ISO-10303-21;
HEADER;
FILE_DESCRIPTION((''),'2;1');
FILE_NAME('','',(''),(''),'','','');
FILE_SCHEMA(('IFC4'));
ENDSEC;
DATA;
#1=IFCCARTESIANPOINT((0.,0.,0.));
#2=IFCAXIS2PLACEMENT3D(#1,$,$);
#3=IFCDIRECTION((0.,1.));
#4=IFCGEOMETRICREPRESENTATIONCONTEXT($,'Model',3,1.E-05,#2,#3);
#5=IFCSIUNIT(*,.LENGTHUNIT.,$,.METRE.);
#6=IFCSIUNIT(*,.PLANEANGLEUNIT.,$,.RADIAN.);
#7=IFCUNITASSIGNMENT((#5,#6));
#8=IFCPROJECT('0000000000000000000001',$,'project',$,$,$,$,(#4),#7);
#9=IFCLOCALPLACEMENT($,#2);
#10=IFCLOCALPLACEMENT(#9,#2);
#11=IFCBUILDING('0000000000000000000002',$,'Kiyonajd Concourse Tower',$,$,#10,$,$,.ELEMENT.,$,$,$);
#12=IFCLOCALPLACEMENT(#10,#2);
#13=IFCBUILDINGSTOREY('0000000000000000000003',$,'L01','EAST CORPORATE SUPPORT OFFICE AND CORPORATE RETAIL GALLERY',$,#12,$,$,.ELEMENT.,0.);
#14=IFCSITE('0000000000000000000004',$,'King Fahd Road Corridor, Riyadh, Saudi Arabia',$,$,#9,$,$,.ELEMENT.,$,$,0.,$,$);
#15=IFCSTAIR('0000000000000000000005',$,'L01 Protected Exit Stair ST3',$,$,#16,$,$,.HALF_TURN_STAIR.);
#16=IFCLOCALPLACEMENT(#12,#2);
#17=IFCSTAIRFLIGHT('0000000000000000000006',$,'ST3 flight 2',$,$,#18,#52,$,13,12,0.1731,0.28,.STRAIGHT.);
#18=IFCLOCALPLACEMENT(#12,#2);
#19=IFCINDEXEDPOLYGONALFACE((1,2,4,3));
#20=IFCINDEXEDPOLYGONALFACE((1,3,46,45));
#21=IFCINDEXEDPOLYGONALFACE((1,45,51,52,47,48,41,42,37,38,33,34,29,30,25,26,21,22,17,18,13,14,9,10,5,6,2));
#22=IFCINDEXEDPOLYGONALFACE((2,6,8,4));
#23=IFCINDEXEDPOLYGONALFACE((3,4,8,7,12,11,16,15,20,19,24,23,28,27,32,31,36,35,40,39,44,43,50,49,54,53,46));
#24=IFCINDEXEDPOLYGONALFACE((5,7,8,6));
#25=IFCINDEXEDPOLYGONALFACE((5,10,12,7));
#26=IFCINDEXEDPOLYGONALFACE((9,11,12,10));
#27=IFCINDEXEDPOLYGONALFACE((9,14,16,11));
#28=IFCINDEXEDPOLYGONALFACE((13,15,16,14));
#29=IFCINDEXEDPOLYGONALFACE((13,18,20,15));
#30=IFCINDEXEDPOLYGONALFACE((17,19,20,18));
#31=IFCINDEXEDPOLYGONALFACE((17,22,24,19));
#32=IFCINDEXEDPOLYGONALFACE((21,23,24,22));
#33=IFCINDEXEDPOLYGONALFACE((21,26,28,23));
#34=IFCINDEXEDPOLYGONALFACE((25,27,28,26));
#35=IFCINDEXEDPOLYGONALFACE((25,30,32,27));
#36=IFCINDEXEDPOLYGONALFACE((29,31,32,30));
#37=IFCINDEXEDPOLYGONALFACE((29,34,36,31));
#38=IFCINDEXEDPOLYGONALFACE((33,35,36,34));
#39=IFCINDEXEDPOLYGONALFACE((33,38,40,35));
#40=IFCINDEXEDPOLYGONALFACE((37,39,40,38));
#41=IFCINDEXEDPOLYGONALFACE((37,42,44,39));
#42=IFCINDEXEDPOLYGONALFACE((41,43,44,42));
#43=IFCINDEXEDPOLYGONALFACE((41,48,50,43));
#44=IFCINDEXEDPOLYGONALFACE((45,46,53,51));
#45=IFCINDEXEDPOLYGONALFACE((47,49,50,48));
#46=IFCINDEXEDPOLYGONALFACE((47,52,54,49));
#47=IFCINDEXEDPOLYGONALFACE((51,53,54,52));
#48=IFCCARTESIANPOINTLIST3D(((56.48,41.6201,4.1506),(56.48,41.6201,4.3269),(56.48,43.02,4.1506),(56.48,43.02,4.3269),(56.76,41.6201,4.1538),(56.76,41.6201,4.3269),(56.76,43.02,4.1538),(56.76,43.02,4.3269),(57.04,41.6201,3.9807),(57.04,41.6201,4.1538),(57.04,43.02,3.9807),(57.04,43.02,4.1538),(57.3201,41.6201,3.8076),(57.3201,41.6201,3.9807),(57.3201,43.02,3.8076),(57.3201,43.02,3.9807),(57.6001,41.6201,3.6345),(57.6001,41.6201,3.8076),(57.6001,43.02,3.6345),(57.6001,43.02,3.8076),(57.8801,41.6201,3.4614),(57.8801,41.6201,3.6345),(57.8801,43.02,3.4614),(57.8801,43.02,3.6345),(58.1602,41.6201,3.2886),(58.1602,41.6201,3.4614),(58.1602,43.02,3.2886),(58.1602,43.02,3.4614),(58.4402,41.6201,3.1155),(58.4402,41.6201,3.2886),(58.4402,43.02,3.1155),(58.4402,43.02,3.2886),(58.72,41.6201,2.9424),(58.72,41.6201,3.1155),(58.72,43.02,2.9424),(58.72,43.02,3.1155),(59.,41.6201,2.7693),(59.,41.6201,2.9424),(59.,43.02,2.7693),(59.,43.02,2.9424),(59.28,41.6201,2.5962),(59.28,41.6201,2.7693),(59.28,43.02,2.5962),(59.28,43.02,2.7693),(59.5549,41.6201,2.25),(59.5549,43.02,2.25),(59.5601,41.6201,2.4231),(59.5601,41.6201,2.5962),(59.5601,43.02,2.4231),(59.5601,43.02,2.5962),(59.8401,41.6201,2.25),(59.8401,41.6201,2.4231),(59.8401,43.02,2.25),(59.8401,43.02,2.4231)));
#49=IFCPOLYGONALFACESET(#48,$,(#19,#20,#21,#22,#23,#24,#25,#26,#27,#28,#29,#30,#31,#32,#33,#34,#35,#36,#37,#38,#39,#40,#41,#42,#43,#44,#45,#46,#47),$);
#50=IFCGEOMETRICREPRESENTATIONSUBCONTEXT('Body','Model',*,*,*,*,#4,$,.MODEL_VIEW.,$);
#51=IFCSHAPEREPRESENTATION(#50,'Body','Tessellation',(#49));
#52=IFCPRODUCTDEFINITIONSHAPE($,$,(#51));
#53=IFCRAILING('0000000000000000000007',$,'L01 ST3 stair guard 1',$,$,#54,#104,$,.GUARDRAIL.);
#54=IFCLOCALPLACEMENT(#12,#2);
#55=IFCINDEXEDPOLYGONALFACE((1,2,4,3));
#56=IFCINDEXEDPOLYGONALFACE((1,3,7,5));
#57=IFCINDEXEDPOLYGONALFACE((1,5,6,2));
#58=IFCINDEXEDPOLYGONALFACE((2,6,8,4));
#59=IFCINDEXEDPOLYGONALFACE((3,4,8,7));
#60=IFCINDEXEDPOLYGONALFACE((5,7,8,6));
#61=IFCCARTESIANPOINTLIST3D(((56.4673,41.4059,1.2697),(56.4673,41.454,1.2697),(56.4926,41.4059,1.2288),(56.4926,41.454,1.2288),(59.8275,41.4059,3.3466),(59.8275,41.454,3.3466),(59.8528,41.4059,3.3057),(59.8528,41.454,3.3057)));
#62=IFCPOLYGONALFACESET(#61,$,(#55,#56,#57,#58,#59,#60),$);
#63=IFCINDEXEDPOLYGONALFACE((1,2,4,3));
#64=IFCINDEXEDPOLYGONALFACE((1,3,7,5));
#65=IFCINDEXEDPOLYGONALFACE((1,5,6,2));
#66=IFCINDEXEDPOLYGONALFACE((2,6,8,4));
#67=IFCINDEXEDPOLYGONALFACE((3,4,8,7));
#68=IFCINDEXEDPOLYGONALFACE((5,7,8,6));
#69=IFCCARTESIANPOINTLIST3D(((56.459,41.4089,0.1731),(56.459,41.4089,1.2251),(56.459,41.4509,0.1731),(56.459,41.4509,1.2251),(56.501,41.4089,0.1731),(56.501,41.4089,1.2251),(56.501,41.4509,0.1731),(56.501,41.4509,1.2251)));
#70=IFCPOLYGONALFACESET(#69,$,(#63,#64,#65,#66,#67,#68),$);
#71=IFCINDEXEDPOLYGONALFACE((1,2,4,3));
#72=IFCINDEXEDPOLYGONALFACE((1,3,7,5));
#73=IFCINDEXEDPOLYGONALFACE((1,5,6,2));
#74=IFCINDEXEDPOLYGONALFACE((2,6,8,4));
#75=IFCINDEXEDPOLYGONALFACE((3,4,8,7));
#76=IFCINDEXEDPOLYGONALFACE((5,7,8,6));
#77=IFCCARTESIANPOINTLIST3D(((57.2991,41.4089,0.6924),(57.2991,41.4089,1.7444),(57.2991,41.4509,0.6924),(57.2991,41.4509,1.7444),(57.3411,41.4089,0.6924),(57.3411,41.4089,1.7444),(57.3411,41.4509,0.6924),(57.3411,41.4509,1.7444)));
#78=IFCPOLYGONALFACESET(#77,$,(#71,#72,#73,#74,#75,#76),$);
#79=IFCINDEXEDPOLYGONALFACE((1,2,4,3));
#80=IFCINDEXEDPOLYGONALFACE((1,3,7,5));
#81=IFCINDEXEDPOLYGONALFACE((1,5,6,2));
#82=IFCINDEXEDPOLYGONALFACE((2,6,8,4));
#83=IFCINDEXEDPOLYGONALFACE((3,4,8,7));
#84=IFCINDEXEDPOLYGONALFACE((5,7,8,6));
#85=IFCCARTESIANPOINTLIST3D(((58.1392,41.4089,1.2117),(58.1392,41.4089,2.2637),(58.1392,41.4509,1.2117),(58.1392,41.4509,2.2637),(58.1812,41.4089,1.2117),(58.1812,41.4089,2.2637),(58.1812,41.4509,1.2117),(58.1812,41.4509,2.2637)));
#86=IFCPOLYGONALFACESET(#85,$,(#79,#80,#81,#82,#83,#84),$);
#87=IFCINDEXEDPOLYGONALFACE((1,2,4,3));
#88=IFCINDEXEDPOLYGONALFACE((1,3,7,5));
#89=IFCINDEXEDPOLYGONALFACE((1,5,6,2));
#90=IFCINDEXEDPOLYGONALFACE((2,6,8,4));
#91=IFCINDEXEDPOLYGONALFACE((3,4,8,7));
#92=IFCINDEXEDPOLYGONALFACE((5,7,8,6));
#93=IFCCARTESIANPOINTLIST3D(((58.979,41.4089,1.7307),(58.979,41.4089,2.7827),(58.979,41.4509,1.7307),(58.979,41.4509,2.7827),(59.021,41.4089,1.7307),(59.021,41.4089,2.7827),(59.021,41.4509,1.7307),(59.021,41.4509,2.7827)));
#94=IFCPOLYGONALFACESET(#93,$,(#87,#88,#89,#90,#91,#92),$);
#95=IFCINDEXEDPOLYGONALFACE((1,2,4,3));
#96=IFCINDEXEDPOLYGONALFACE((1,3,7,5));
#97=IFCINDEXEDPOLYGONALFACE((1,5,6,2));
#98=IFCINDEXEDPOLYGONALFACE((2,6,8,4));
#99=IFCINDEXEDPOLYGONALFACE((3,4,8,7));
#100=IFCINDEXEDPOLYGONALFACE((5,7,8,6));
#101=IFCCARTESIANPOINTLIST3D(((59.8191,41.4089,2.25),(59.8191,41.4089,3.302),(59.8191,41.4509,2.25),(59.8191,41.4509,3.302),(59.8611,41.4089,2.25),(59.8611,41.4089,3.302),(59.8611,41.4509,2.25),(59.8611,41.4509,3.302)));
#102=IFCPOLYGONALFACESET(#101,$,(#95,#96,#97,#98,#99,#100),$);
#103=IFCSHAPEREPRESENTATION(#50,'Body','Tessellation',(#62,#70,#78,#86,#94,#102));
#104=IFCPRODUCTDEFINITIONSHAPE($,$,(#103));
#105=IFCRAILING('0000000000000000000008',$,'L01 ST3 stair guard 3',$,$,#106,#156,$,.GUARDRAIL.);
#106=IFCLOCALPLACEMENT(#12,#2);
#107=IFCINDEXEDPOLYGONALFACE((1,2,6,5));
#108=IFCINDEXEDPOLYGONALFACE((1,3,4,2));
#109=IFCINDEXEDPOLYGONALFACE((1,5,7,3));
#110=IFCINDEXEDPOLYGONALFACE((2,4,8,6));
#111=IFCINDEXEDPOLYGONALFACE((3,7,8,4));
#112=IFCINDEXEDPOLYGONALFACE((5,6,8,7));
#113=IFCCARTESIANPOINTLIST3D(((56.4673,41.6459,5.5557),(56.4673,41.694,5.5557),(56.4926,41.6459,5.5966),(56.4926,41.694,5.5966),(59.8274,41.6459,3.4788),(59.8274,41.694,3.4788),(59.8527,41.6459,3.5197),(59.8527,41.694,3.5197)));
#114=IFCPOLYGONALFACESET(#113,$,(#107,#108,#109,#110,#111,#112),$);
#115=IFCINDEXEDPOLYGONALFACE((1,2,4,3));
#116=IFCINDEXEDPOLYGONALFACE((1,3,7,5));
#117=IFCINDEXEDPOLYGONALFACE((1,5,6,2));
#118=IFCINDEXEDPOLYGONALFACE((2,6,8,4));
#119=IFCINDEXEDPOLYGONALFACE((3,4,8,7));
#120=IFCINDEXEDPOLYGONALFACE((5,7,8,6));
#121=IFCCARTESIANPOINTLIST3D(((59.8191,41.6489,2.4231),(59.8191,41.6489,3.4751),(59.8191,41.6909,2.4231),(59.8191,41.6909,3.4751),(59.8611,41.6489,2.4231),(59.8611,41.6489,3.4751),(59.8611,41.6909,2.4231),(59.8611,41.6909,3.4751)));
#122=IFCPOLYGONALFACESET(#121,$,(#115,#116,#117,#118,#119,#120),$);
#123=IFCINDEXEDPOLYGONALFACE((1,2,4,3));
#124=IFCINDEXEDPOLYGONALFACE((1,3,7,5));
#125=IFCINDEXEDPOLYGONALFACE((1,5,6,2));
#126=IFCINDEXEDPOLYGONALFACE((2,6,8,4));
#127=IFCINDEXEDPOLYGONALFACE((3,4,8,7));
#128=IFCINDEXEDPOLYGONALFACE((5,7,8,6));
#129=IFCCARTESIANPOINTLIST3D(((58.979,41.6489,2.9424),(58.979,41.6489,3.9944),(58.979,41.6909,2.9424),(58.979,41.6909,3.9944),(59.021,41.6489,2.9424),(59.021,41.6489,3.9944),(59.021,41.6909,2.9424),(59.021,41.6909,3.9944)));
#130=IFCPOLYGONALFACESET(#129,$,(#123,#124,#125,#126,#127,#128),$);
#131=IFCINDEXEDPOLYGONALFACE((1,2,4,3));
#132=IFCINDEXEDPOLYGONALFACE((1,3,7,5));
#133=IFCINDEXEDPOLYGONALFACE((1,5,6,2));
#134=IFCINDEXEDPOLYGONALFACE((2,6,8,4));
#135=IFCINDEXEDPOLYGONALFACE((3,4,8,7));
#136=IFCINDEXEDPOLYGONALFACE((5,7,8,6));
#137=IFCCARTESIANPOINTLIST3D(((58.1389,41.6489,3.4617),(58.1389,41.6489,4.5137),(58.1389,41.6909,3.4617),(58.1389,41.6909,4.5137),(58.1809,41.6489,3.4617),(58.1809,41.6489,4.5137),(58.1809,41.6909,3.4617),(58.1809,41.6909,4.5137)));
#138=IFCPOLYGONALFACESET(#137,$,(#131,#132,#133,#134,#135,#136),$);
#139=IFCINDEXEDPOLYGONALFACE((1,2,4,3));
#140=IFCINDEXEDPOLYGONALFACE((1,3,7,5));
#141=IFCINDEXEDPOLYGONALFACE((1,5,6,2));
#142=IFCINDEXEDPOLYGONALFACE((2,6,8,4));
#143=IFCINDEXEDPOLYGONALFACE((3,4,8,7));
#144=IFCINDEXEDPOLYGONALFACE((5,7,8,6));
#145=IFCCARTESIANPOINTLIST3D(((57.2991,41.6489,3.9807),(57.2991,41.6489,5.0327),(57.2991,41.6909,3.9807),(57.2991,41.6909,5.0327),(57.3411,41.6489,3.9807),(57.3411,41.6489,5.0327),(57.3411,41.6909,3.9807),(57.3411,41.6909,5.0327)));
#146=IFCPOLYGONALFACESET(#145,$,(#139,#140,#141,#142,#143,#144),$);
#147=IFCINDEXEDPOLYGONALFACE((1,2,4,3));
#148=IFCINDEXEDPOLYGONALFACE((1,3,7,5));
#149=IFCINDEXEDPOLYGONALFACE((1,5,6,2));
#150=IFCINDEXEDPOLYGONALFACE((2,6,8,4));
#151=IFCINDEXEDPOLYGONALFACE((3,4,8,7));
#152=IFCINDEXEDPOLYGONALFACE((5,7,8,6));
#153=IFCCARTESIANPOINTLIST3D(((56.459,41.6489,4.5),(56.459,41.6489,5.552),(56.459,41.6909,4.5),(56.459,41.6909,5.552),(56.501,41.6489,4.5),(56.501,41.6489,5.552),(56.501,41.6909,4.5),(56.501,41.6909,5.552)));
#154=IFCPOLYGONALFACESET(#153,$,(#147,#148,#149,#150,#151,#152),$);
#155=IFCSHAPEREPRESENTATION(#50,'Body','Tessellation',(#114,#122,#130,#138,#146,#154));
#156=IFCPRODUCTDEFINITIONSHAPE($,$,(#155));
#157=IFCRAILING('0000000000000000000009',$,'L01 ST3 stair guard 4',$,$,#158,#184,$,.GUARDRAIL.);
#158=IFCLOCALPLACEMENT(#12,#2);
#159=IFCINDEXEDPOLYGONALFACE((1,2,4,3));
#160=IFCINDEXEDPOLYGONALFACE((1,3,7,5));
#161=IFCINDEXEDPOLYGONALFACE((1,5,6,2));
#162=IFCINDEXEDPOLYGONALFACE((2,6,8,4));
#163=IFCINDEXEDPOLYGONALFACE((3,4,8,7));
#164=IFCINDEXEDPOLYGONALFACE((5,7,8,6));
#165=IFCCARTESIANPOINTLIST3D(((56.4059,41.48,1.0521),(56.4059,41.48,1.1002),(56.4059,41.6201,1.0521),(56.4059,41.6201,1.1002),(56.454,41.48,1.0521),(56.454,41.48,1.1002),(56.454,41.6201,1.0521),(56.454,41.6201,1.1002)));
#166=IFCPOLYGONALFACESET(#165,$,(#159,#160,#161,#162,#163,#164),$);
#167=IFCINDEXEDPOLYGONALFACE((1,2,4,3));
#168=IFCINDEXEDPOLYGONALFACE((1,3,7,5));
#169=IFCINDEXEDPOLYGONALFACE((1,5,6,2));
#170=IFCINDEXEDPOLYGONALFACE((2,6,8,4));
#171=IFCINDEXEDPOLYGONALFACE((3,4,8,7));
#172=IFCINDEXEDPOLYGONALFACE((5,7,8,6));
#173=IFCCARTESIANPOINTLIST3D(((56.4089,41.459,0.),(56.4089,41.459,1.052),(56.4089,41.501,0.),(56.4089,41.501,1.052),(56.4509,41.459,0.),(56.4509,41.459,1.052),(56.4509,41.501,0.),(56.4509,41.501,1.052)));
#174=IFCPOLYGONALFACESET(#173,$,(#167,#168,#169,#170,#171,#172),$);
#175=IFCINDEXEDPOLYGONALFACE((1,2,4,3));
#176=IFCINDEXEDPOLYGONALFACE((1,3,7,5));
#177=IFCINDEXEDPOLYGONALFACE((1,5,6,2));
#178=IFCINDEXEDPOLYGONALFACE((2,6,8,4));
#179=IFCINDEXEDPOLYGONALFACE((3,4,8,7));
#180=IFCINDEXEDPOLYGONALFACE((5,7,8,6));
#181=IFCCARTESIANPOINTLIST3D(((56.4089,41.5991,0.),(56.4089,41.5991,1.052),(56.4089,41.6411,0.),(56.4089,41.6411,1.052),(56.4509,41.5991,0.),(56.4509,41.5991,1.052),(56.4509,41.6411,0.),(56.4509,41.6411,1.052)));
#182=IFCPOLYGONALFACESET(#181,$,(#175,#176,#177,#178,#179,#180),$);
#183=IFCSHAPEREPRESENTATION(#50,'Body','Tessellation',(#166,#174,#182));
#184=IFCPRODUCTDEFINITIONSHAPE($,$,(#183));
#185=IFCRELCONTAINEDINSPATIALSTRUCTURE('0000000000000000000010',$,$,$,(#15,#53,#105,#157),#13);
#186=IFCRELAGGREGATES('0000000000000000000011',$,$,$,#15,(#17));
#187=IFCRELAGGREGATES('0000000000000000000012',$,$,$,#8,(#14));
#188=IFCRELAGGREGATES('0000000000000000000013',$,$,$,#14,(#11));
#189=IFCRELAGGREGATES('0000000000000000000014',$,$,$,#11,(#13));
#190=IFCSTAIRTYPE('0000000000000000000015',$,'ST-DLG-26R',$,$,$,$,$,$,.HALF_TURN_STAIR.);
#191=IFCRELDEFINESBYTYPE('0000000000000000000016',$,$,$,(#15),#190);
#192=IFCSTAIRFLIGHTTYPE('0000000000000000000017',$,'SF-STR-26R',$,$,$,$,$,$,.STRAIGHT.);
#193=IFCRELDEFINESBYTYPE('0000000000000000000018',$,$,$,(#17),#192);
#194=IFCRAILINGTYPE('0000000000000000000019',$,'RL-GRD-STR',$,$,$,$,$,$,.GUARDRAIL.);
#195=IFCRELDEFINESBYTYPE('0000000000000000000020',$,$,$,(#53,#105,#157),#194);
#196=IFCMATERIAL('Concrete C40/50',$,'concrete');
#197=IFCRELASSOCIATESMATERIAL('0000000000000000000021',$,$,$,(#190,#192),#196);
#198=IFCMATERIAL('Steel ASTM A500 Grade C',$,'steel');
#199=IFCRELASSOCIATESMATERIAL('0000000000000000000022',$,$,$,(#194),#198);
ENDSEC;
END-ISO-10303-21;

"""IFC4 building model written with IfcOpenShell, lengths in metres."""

from ifc_helpers import new_model, si_unit, direction, frame, origin, origin_2d, place, context, subcontext, project, spatial, polyline, rectangle, outline, extrude, material, type_object, element, aggregate, save


model = new_model("IFC4")

# Units and contexts
model_context = context("Model", 3, precision=1e-05, world=origin(), true_north=direction((0.0, 1.0)))
body_context = subcontext(model_context, "Body", "Model", "MODEL_VIEW")
ifc_project = project(units=[si_unit("LENGTHUNIT", "METRE"), si_unit("PLANEANGLEUNIT", "RADIAN")], contexts=[model_context])

# Site, building, storey
site_placement = place(None, origin())
site = spatial("IfcSite", under=ifc_project, at=site_placement, Name="King Fahd Road Corridor, Riyadh, Saudi Arabia", CompositionType="ELEMENT", RefElevation=0.0)
building_placement = place(site_placement, origin())
building = spatial("IfcBuilding", under=site, at=building_placement, Name="Kiyonajd Concourse Tower", CompositionType="ELEMENT")
storey_placement = place(building_placement, origin())
storey = spatial("IfcBuildingStorey", under=building, at=storey_placement, Name="L01", Description="EAST CORPORATE SUPPORT OFFICE AND CORPORATE RETAIL GALLERY", CompositionType="ELEMENT", Elevation=0.0)

# Shared definitions
ifc_material_1 = material(Name="Concrete C40/50", Category="concrete")
stair_type = type_object("IfcStairType", Name="ST-DLG-26R", PredefinedType="HALF_TURN_STAIR", material=ifc_material_1)
stair_flight_type = type_object("IfcStairFlightType", Name="SF-STR-26R", PredefinedType="STRAIGHT", material=ifc_material_1)

# Stair, stair flight
stair_1_placement = place(storey_placement, origin())
stair_1 = element("IfcStair", 1, at=stair_1_placement, inside=storey, type_object=stair_type, Name="L01 Protected Exit Stair ST3", PredefinedType="HALF_TURN_STAIR")
stair_flight_1_placement = place(storey_placement, frame((59.8401, 42.3201, 2.25), z_axis=(0.0, 0.0, 1.0), x_axis=(-1.0, 0.0, 0.0)))
stair_flight_1 = element("IfcStairFlight", 2, at=stair_flight_1_placement, type_object=stair_flight_type, Name="ST3 flight 2", NumberOfRisers=13, NumberOfTreads=12, PredefinedType="STRAIGHT", RiserHeight=0.1731, TreadLength=0.28, context=body_context, shape_type="SweptSolid", body=[
    extrude(outline(polyline([(0.0, 0.0), (0.0, 0.1731), (0.28, 0.1731), (0.28, 0.3462), (0.5601, 0.3462), (0.5601, 0.5193), (0.8401, 0.5193), (0.8401, 0.6924), (1.1201, 0.6924), (1.1201, 0.8655), (1.3999, 0.8655), (1.3999, 1.0386), (1.6799, 1.0386), (1.6799, 1.2114), (1.96, 1.2114), (1.96, 1.3845), (2.24, 1.3845), (2.24, 1.5576), (2.52, 1.5576), (2.52, 1.7307), (2.8, 1.7307), (2.8, 1.9038), (3.0801, 1.9038), (3.0801, 2.0769), (3.3601, 2.0769), (3.3601, 2.25), (3.3601, 1.9006), (0.2852, 0.0), (0.0, 0.0)])), frame((0.0, 0.7, 0.0), z_axis=(0.0, -1.0, 0.0), x_axis=(1.0, 0.0, 0.0)), (0.0, 0.0, 1.0), 1.3999),
])
aggregate(stair_1, [stair_flight_1])

# Railings
ifc_material_2 = material(Name="Steel ASTM A500 Grade C", Category="steel")
railing_type_1 = type_object("IfcRailingType", Name="RL-GRD-STR", PredefinedType="GUARDRAIL", material=ifc_material_2)
railing_1_placement = place(storey_placement, frame((56.48, 41.4299, 0.1731)))
element("IfcRailing", 3, at=railing_1_placement, inside=storey, type_object=railing_type_1, Name="L01 ST3 stair guard 1", PredefinedType="GUARDRAIL", context=body_context, shape_type="SweptSolid", body=[
    extrude(rectangle(XDim=0.0481, YDim=0.0481, at=origin_2d()), frame((0.0, 0.0, 1.0762), z_axis=(0.850623, 0.0, 0.525776), x_axis=(0.0, 1.0, 0.0)), (0.0, 0.0, 1.0), 3.9502),
    extrude(rectangle(XDim=0.042, YDim=0.042, at=origin_2d()), origin(), (0.0, 0.0, 1.0), 1.052),
    extrude(rectangle(XDim=0.042, YDim=0.042, at=origin_2d()), frame((0.8401, 0.0, 0.5193)), (0.0, 0.0, 1.0), 1.052),
    extrude(rectangle(XDim=0.042, YDim=0.042, at=origin_2d()), frame((1.6802, 0.0, 1.0386)), (0.0, 0.0, 1.0), 1.052),
    extrude(rectangle(XDim=0.042, YDim=0.042, at=origin_2d()), frame((2.52, 0.0, 1.5576)), (0.0, 0.0, 1.0), 1.052),
    extrude(rectangle(XDim=0.042, YDim=0.042, at=origin_2d()), frame((3.3601, 0.0, 2.0769)), (0.0, 0.0, 1.0), 1.052),
])
railing_2_placement = place(storey_placement, frame((59.8401, 41.6699, 2.4231)))
element("IfcRailing", 4, at=railing_2_placement, inside=storey, type_object=railing_type_1, Name="L01 ST3 stair guard 3", PredefinedType="GUARDRAIL", context=body_context, shape_type="SweptSolid", body=[
    extrude(rectangle(XDim=0.0481, YDim=0.0481, at=origin_2d()), frame((0.0, 0.0, 1.0762), z_axis=(-0.850623, 0.0, 0.525776), x_axis=(0.0, -1.0, 0.0)), (0.0, 0.0, 1.0), 3.9502),
    extrude(rectangle(XDim=0.042, YDim=0.042, at=origin_2d()), origin(), (0.0, 0.0, 1.0), 1.052),
    extrude(rectangle(XDim=0.042, YDim=0.042, at=origin_2d()), frame((-0.8401, 0.0, 0.5193)), (0.0, 0.0, 1.0), 1.052),
    extrude(rectangle(XDim=0.042, YDim=0.042, at=origin_2d()), frame((-1.6802, 0.0, 1.0386)), (0.0, 0.0, 1.0), 1.052),
    extrude(rectangle(XDim=0.042, YDim=0.042, at=origin_2d()), frame((-2.52, 0.0, 1.5576)), (0.0, 0.0, 1.0), 1.052),
    extrude(rectangle(XDim=0.042, YDim=0.042, at=origin_2d()), frame((-3.3601, 0.0, 2.0769)), (0.0, 0.0, 1.0), 1.052),
])
railing_3_placement = place(storey_placement, frame((56.4299, 41.48, 0.0)))
element("IfcRailing", 5, at=railing_3_placement, inside=storey, type_object=railing_type_1, Name="L01 ST3 stair guard 4", PredefinedType="GUARDRAIL", context=body_context, shape_type="SweptSolid", body=[
    extrude(rectangle(XDim=0.0481, YDim=0.0481, at=origin_2d()), frame((0.0, 0.0, 1.0762), z_axis=(0.0, 1.0, 0.0), x_axis=(-1.0, 0.0, 0.0)), (0.0, 0.0, 1.0), 0.1401),
    extrude(rectangle(XDim=0.042, YDim=0.042, at=origin_2d()), origin(), (0.0, 0.0, 1.0), 1.052),
    extrude(rectangle(XDim=0.042, YDim=0.042, at=origin_2d()), frame((0.0, 0.1401, 0.0)), (0.0, 0.0, 1.0), 1.052),
])

save(model, "model.ifc")
